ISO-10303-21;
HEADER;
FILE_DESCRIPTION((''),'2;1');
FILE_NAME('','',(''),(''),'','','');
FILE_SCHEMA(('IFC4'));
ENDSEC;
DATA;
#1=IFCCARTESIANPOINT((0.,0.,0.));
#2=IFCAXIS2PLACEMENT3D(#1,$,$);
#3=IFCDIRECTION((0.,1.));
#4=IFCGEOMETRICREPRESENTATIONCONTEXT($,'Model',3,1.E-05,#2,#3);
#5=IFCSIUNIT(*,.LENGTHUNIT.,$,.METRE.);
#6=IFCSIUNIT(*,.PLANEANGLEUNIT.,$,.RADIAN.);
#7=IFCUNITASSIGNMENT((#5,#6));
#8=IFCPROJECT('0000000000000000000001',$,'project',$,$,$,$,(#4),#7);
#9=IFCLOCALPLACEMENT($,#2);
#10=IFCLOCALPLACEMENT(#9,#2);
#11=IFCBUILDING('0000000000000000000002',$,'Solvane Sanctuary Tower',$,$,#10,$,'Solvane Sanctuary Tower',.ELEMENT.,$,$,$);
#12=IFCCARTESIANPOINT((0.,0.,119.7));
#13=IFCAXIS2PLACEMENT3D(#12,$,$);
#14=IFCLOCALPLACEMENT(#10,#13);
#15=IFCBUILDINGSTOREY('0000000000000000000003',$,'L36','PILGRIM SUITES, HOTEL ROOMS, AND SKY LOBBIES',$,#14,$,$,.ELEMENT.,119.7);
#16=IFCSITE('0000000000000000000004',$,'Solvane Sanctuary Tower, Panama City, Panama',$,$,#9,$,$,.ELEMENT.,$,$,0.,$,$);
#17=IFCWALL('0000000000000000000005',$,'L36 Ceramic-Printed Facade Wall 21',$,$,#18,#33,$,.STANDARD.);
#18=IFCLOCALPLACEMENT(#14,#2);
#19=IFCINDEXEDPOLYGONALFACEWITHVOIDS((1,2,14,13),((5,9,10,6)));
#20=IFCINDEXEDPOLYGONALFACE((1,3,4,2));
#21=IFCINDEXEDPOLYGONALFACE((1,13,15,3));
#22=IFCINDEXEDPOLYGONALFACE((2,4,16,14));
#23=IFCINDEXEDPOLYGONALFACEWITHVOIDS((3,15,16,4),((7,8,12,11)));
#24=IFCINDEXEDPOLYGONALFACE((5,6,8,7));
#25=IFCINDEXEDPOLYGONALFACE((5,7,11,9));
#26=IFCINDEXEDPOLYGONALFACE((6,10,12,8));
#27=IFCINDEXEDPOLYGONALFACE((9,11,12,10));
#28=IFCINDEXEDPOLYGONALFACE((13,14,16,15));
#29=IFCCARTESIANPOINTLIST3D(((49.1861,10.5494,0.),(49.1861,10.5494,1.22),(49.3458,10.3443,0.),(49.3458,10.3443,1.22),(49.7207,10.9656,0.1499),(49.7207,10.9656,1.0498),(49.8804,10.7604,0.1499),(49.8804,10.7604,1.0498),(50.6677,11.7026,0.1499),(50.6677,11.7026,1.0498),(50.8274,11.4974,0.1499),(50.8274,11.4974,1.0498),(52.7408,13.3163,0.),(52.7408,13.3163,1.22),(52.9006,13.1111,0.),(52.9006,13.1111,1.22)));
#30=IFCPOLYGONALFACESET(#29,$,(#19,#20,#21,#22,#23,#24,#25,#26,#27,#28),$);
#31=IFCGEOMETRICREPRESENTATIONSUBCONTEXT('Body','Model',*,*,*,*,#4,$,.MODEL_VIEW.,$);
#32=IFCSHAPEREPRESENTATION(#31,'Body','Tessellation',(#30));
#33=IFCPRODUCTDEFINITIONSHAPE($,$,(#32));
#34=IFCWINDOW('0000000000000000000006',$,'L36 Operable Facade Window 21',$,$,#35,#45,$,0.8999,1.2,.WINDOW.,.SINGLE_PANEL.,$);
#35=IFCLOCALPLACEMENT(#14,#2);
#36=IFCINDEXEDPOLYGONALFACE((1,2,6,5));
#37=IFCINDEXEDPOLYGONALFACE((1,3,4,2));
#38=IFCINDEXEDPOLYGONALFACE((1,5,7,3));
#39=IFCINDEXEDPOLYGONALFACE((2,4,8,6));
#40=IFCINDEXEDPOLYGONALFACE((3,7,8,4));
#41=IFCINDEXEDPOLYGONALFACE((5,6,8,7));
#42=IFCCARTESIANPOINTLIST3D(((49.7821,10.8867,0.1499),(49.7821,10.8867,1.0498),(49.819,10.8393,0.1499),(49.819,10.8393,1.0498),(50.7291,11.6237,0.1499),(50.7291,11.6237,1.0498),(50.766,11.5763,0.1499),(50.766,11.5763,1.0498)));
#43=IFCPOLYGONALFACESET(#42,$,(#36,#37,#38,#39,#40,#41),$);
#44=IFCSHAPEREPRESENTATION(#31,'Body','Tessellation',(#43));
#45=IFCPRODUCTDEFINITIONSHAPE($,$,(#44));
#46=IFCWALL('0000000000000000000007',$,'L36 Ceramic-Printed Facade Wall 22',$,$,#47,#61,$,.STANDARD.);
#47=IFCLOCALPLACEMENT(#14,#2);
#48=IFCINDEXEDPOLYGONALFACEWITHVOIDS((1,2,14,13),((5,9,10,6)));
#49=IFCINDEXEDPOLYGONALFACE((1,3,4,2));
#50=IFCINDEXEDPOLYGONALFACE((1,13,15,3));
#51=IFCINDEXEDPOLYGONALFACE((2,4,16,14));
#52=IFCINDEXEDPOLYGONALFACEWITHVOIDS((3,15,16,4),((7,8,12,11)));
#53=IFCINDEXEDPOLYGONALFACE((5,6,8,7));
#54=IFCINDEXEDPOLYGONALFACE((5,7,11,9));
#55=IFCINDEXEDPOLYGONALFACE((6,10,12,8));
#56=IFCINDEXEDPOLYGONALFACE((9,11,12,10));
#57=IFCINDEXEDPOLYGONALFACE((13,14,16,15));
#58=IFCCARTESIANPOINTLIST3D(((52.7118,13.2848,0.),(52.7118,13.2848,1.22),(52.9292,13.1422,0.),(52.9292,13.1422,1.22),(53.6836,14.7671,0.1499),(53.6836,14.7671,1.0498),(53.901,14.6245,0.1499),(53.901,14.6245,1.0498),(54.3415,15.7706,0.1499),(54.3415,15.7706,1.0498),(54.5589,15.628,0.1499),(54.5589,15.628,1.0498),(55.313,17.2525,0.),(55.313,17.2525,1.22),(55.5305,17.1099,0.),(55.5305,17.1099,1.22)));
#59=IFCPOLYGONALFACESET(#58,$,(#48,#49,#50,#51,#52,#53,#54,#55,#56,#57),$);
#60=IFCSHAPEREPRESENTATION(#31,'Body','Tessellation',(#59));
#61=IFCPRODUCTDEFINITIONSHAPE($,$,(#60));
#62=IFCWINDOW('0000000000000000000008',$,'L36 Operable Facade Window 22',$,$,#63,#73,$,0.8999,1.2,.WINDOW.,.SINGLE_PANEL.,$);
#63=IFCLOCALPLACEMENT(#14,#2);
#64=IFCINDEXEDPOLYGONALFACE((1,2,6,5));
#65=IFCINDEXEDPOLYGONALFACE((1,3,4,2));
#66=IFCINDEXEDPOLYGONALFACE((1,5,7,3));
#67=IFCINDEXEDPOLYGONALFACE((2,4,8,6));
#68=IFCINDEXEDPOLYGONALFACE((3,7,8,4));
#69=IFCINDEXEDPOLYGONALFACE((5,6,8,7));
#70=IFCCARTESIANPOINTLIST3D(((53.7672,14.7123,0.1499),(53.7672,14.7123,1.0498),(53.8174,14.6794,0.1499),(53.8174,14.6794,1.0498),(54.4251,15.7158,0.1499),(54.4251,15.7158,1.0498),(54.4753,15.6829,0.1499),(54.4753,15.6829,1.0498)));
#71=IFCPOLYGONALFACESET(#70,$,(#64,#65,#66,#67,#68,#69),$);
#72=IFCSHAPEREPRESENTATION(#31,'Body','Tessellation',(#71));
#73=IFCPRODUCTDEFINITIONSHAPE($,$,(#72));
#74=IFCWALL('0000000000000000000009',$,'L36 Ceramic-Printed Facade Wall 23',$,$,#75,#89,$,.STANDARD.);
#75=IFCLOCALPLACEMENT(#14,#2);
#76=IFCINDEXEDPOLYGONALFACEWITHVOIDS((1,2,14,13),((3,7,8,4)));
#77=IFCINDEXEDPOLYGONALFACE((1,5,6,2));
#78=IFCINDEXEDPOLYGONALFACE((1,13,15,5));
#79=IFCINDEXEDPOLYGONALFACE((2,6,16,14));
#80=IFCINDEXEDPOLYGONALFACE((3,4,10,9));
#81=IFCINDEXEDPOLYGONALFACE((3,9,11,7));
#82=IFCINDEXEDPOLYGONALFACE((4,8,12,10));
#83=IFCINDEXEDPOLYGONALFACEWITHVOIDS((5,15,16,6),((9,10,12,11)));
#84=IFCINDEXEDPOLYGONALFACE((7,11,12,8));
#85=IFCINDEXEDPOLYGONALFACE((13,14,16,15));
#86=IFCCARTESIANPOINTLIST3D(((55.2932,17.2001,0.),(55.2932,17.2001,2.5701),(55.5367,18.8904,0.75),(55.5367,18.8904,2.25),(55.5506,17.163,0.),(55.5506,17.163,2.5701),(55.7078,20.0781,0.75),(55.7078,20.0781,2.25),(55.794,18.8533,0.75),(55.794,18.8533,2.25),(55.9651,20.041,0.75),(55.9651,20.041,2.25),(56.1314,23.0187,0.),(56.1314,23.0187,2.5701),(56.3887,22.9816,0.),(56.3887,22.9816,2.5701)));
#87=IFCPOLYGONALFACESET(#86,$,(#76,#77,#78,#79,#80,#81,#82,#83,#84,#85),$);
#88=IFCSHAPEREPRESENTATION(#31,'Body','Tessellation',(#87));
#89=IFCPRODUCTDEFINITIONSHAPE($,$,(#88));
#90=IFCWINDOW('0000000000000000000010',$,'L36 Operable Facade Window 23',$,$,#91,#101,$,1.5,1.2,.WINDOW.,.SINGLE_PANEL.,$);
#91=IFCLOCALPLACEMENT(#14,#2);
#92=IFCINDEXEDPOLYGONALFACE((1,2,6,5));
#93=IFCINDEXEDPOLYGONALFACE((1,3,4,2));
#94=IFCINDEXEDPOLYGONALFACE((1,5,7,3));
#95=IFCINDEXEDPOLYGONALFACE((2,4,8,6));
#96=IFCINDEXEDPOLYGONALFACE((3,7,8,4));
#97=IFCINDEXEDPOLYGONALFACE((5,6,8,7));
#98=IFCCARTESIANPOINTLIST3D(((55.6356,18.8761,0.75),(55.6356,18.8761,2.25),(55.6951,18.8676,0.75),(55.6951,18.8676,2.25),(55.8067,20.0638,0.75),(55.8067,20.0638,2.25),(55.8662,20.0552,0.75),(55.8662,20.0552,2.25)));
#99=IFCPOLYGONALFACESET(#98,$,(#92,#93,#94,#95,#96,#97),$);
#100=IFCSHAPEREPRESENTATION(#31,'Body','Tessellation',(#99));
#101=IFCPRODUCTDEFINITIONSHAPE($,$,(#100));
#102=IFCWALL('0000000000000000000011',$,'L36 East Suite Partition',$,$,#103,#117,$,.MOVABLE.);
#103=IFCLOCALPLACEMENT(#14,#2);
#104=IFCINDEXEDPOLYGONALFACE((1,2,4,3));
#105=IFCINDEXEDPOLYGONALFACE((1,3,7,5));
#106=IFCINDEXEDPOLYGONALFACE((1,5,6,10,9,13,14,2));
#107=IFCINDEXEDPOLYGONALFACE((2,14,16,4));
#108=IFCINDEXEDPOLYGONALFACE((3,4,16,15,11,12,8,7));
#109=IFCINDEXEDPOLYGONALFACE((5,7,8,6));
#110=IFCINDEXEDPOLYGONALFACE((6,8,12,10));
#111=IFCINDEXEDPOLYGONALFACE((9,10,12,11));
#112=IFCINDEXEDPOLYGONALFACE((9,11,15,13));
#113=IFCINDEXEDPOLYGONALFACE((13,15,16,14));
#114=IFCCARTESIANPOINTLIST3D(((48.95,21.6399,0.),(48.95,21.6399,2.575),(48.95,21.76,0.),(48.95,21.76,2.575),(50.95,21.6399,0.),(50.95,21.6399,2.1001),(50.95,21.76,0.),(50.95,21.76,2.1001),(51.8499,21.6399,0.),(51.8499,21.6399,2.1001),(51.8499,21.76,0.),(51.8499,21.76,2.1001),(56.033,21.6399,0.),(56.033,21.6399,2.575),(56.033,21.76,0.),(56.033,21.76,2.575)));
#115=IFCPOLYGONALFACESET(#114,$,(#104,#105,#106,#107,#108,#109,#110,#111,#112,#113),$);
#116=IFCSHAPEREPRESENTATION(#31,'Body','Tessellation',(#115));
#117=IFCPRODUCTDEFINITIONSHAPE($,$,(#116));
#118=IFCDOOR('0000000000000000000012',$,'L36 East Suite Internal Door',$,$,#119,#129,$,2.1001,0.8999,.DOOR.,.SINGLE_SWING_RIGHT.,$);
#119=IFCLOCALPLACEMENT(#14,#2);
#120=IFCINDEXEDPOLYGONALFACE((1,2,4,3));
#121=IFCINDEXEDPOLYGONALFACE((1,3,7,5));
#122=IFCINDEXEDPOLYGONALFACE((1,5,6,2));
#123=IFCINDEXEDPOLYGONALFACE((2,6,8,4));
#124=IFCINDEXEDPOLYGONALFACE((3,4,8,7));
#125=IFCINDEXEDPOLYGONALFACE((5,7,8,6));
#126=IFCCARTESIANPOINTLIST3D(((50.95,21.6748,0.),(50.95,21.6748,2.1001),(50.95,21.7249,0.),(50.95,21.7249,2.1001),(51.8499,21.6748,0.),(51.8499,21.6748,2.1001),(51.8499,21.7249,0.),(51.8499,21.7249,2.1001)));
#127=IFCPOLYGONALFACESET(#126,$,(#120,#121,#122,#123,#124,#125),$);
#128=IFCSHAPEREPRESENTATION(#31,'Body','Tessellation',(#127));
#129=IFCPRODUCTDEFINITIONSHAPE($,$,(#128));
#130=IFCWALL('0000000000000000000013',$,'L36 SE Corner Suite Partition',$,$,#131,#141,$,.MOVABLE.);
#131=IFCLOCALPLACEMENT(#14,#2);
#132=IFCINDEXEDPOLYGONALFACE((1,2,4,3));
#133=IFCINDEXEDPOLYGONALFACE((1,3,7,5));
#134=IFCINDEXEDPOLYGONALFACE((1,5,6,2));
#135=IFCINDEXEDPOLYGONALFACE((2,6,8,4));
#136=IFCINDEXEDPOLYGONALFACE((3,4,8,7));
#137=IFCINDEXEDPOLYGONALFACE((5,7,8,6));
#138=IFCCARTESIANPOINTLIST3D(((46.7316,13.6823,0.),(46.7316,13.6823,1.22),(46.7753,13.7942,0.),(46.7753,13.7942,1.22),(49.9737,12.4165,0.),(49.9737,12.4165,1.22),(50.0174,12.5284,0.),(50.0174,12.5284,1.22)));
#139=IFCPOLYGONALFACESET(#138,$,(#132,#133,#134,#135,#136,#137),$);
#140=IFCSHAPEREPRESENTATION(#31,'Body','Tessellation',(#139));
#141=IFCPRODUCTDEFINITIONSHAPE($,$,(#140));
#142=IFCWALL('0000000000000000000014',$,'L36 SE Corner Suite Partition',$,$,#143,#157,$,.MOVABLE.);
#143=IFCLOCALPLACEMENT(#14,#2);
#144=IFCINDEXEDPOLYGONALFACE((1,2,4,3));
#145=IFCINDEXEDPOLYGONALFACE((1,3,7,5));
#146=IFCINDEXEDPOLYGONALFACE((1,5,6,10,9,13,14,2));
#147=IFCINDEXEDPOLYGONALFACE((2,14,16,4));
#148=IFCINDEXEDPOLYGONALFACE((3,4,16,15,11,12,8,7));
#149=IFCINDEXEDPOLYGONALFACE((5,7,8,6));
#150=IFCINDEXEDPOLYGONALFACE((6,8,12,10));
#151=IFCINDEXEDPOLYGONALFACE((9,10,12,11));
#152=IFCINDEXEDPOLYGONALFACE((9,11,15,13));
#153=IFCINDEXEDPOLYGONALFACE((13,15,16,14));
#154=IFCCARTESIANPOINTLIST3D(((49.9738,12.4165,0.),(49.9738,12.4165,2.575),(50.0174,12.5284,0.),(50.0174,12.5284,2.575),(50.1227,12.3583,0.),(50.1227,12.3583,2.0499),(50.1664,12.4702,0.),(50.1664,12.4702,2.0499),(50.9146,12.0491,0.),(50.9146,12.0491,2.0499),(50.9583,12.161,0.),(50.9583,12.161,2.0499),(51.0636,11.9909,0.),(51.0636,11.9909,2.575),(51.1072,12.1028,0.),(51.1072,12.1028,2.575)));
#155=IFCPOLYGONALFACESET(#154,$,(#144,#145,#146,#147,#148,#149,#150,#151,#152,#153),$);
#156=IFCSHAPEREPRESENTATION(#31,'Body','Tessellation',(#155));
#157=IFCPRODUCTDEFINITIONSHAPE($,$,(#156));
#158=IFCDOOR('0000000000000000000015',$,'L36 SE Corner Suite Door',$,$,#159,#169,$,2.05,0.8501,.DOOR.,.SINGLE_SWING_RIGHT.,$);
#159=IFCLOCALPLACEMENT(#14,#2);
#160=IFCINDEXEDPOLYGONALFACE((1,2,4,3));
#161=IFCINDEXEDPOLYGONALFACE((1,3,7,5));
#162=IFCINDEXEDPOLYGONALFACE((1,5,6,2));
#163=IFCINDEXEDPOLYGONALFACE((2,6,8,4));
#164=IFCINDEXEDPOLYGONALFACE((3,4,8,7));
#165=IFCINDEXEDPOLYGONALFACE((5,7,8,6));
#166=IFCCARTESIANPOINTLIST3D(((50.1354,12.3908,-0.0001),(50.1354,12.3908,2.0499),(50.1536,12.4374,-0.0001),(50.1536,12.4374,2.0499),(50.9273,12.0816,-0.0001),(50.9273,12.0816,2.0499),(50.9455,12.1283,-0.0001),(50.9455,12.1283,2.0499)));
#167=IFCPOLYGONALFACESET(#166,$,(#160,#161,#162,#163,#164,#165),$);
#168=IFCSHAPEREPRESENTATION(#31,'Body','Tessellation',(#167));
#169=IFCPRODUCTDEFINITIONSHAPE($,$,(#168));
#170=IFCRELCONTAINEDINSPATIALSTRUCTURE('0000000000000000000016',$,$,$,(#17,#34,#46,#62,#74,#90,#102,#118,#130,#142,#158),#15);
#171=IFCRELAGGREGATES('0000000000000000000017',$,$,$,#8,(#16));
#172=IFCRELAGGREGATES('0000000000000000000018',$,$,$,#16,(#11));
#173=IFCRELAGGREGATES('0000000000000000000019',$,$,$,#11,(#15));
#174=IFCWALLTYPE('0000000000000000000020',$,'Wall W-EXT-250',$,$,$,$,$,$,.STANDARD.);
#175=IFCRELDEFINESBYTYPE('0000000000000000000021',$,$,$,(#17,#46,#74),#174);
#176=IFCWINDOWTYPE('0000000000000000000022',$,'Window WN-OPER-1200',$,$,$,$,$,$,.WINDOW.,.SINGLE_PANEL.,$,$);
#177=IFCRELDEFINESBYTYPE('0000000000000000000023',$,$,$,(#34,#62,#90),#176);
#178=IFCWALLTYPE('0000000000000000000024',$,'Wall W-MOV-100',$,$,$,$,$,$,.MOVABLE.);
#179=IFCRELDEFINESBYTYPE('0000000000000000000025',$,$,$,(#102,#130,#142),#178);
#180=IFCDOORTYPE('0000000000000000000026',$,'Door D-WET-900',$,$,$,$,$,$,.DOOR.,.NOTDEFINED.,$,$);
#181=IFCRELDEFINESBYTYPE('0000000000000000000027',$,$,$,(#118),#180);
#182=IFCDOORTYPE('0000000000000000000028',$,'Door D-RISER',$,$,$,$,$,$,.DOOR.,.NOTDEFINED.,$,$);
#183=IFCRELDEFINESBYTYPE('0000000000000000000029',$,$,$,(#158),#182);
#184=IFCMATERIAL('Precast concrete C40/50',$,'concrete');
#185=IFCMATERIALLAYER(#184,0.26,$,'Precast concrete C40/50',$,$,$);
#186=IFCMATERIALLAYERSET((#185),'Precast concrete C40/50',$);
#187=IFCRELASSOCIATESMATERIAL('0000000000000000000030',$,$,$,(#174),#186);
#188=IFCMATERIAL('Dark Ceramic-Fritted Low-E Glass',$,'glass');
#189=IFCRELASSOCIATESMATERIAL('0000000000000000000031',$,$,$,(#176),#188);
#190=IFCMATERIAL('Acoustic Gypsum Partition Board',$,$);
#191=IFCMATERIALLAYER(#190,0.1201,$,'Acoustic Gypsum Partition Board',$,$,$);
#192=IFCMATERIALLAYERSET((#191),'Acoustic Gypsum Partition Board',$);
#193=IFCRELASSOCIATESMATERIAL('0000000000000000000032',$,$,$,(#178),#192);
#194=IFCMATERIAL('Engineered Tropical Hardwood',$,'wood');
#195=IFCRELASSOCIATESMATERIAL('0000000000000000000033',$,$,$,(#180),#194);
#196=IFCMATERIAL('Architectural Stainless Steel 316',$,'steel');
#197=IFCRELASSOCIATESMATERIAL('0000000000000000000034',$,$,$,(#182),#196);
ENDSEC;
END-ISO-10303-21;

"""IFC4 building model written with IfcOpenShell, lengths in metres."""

from ifc_helpers import new_model, si_unit, direction, frame, frame_2d, origin, place, context, subcontext, project, spatial, rectangle, extrude, material, layer, layer_set, type_object, element, fill, save


model = new_model("IFC4")

# Units and contexts
model_context = context("Model", 3, precision=1e-05, world=origin(), true_north=direction((0.0, 1.0)))
body_context = subcontext(model_context, "Body", "Model", "MODEL_VIEW")
ifc_project = project(units=[si_unit("LENGTHUNIT", "METRE"), si_unit("PLANEANGLEUNIT", "RADIAN")], contexts=[model_context])

# Site, building, storey
site_placement = place(None, origin())
site = spatial("IfcSite", under=ifc_project, at=site_placement, Name="Solvane Sanctuary Tower, Panama City, Panama", CompositionType="ELEMENT", RefElevation=0.0)
building_placement = place(site_placement, origin())
building = spatial("IfcBuilding", under=site, at=building_placement, Name="Solvane Sanctuary Tower", LongName="Solvane Sanctuary Tower", CompositionType="ELEMENT")
storey_placement = place(building_placement, frame((0.0, 0.0, 119.7)))
storey = spatial("IfcBuildingStorey", under=building, at=storey_placement, Name="L36", Description="PILGRIM SUITES, HOTEL ROOMS, AND SKY LOBBIES", CompositionType="ELEMENT", Elevation=119.7)

# Shared definitions
ifc_material_1 = material(Name="Acoustic Gypsum Partition Board")
ifc_material_2 = material(Name="Engineered Tropical Hardwood", Category="wood")

# Shared definitions
ifc_material_3 = material(Name="Precast concrete C40/50", Category="concrete")
ifc_layer_1 = layer(ifc_material_3, 0.26, Name="Precast concrete C40/50")
ifc_layer_set_1 = layer_set([ifc_layer_1], Name="Precast concrete C40/50")
wall_type_1 = type_object("IfcWallType", Name="Wall W-EXT-250", PredefinedType="STANDARD", material=ifc_layer_set_1)

# Walls, openings, windows
wall_1_placement = place(storey_placement, frame((49.2659, 10.4468, 0.0), z_axis=(0.0, 0.0, 1.0), x_axis=(0.789127, 0.614229, 0.0)))
wall_1 = element("IfcWall", 1, at=wall_1_placement, inside=storey, type_object=wall_type_1, Name="L36 Ceramic-Printed Facade Wall 21", PredefinedType="STANDARD", context=body_context, shape_type="SweptSolid", body=[
    extrude(rectangle(XDim=4.5046, YDim=0.26, at=frame_2d((2.2524, 0.0))), origin(), (0.0, 0.0, 1.0), 1.22),
])
opening_1_placement = place(wall_1_placement, frame((0.6775, 0.0, 0.1499)))
opening_1 = element("IfcOpeningElement", 2, at=opening_1_placement, cuts=wall_1, PredefinedType="OPENING", context=body_context, shape_type="SweptSolid", body=[
    extrude(rectangle(XDim=1.2, YDim=0.8999, at=frame_2d((0.6001, 0.45))), frame((0.0, 0.1399, 0.0), z_axis=(0.0, -1.0, 0.0), x_axis=(1.0, 0.0, 0.0)), (0.0, 0.0, 1.0), 0.28),
])
ifc_material_4 = material(Name="Dark Ceramic-Fritted Low-E Glass", Category="glass")
window_type = type_object("IfcWindowType", Name="Window WN-OPER-1200", PartitioningType="SINGLE_PANEL", PredefinedType="WINDOW", material=ifc_material_4)
window_1_placement = place(opening_1_placement, origin())
window_1 = element("IfcWindow", 3, at=window_1_placement, inside=storey, type_object=window_type, Name="L36 Operable Facade Window 21", OverallHeight=0.8999, OverallWidth=1.2, PartitioningType="SINGLE_PANEL", PredefinedType="WINDOW", context=body_context, shape_type="SweptSolid", body=[
    extrude(rectangle(XDim=1.2, YDim=0.8999, at=frame_2d((0.6001, 0.45))), frame((0.0, 0.03, 0.0), z_axis=(0.0, -1.0, 0.0), x_axis=(1.0, 0.0, 0.0)), (0.0, 0.0, 1.0), 0.0601),
])
fill(opening_1, window_1)
wall_2_placement = place(storey_placement, frame((52.8206, 13.2136, 0.0), z_axis=(0.0, 0.0, 1.0), x_axis=(0.548283, 0.836293, 0.0)))
wall_2 = element("IfcWall", 4, at=wall_2_placement, inside=storey, type_object=wall_type_1, Name="L36 Ceramic-Printed Facade Wall 22", PredefinedType="STANDARD", context=body_context, shape_type="SweptSolid", body=[
    extrude(rectangle(XDim=4.7444, YDim=0.26, at=frame_2d((2.3721, 0.0))), origin(), (0.0, 0.0, 1.0), 1.22),
])
opening_2_placement = place(wall_2_placement, frame((1.7722, 0.0, 0.1499)))
opening_2 = element("IfcOpeningElement", 5, at=opening_2_placement, cuts=wall_2, PredefinedType="OPENING", context=body_context, shape_type="SweptSolid", body=[
    extrude(rectangle(XDim=1.2, YDim=0.8999, at=frame_2d((0.6001, 0.45))), frame((0.0, 0.1399, 0.0), z_axis=(0.0, -1.0, 0.0), x_axis=(1.0, 0.0, 0.0)), (0.0, 0.0, 1.0), 0.28),
])
window_2_placement = place(opening_2_placement, origin())
window_2 = element("IfcWindow", 6, at=window_2_placement, inside=storey, type_object=window_type, Name="L36 Operable Facade Window 22", OverallHeight=0.8999, OverallWidth=1.2, PartitioningType="SINGLE_PANEL", PredefinedType="WINDOW", context=body_context, shape_type="SweptSolid", body=[
    extrude(rectangle(XDim=1.2, YDim=0.8999, at=frame_2d((0.6001, 0.45))), frame((0.0, 0.03, 0.0), z_axis=(0.0, -1.0, 0.0), x_axis=(1.0, 0.0, 0.0)), (0.0, 0.0, 1.0), 0.0601),
])
fill(opening_2, window_2)
wall_3_placement = place(storey_placement, frame((55.4219, 17.1814, 0.0), z_axis=(0.0, 0.0, 1.0), x_axis=(0.142572, 0.989784, 0.0)))
wall_3 = element("IfcWall", 7, at=wall_3_placement, inside=storey, type_object=wall_type_1, Name="L36 Ceramic-Printed Facade Wall 23", PredefinedType="STANDARD", context=body_context, shape_type="SweptSolid", body=[
    extrude(rectangle(XDim=5.8787, YDim=0.26, at=frame_2d((2.9395, 0.0))), origin(), (0.0, 0.0, 1.0), 2.5701),
])
opening_3_placement = place(wall_3_placement, frame((1.7078, 0.0, 0.75)))
opening_3 = element("IfcOpeningElement", 8, at=opening_3_placement, cuts=wall_3, PredefinedType="OPENING", context=body_context, shape_type="SweptSolid", body=[
    extrude(rectangle(XDim=1.2, YDim=1.5, at=frame_2d((0.6001, 0.75))), frame((0.0, 0.1399, 0.0), z_axis=(0.0, -1.0, 0.0), x_axis=(1.0, 0.0, 0.0)), (0.0, 0.0, 1.0), 0.28),
])
window_3_placement = place(opening_3_placement, origin())
window_3 = element("IfcWindow", 9, at=window_3_placement, inside=storey, type_object=window_type, Name="L36 Operable Facade Window 23", OverallHeight=1.5, OverallWidth=1.2, PartitioningType="SINGLE_PANEL", PredefinedType="WINDOW", context=body_context, shape_type="SweptSolid", body=[
    extrude(rectangle(XDim=1.2, YDim=1.5, at=frame_2d((0.6001, 0.75))), frame((0.0, 0.03, 0.0), z_axis=(0.0, -1.0, 0.0), x_axis=(1.0, 0.0, 0.0)), (0.0, 0.0, 1.0), 0.0601),
])
fill(opening_3, window_3)

# Wall, opening, door
ifc_layer_2 = layer(ifc_material_1, 0.1201, Name="Acoustic Gypsum Partition Board")
ifc_layer_set_2 = layer_set([ifc_layer_2], Name="Acoustic Gypsum Partition Board")
wall_type_2 = type_object("IfcWallType", Name="Wall W-MOV-100", PredefinedType="MOVABLE", material=ifc_layer_set_2)
wall_4_placement = place(storey_placement, frame((48.95, 21.7, 0.0), z_axis=(0.0, 0.0, 1.0), x_axis=(1.0, 0.0, 0.0)))
wall_4 = element("IfcWall", 10, at=wall_4_placement, inside=storey, type_object=wall_type_2, Name="L36 East Suite Partition", PredefinedType="MOVABLE", context=body_context, shape_type="SweptSolid", body=[
    extrude(rectangle(XDim=7.083, YDim=0.1201, at=frame_2d((3.5415, 0.0))), origin(), (0.0, 0.0, 1.0), 2.575),
])
opening_4_placement = place(wall_4_placement, frame((2.0, 0.0, 0.0)))
opening_4 = element("IfcOpeningElement", 11, at=opening_4_placement, cuts=wall_4, PredefinedType="OPENING", context=body_context, shape_type="SweptSolid", body=[
    extrude(rectangle(XDim=0.8999, YDim=2.1001, at=frame_2d((0.45, 1.05))), frame((0.0, 0.0701, 0.0), z_axis=(0.0, -1.0, 0.0), x_axis=(1.0, 0.0, 0.0)), (0.0, 0.0, 1.0), 0.1401),
])
door_type_1 = type_object("IfcDoorType", Name="Door D-WET-900", OperationType="NOTDEFINED", PredefinedType="DOOR", material=ifc_material_2)
door_1_placement = place(opening_4_placement, origin())
door_1 = element("IfcDoor", 12, at=door_1_placement, inside=storey, type_object=door_type_1, Name="L36 East Suite Internal Door", OperationType="SINGLE_SWING_RIGHT", OverallHeight=2.1001, OverallWidth=0.8999, PredefinedType="DOOR", context=body_context, shape_type="SweptSolid", body=[
    extrude(rectangle(XDim=0.8999, YDim=2.1001, at=frame_2d((0.45, 1.05))), frame((0.0, 0.0249, 0.0), z_axis=(0.0, -1.0, 0.0), x_axis=(1.0, 0.0, 0.0)), (0.0, 0.0, 1.0), 0.05),
])
fill(opening_4, door_1)

# Wall
wall_5_placement = place(storey_placement, frame((46.7534, 13.7383, 0.0), z_axis=(0.0, 0.0, 1.0), x_axis=(0.931517, -0.363698, 0.0)))
element("IfcWall", 13, at=wall_5_placement, inside=storey, type_object=wall_type_2, Name="L36 SE Corner Suite Partition", PredefinedType="MOVABLE", context=body_context, shape_type="SweptSolid", body=[
    extrude(rectangle(XDim=3.4805, YDim=0.1201, at=frame_2d((1.7402, 0.0))), origin(), (0.0, 0.0, 1.0), 1.22),
])

# Wall, opening, door
wall_6_placement = place(storey_placement, frame((49.9956, 12.4724, 0.0), z_axis=(0.0, 0.0, 1.0), x_axis=(0.93151, -0.363715, 0.0)))
wall_6 = element("IfcWall", 14, at=wall_6_placement, inside=storey, type_object=wall_type_2, Name="L36 SE Corner Suite Partition", PredefinedType="MOVABLE", context=body_context, shape_type="SweptSolid", body=[
    extrude(rectangle(XDim=1.1699, YDim=0.1201, at=frame_2d((0.585, 0.0))), origin(), (0.0, 0.0, 1.0), 2.575),
])
opening_5_placement = place(wall_6_placement, frame((0.1599, 0.0, 0.0)))
opening_5 = element("IfcOpeningElement", 15, at=opening_5_placement, cuts=wall_6, PredefinedType="OPENING", context=body_context, shape_type="SweptSolid", body=[
    extrude(rectangle(XDim=0.8501, YDim=2.05, at=frame_2d((0.425, 1.0249))), frame((0.0, 0.0701, 0.0), z_axis=(0.0, -1.0, 0.0), x_axis=(1.0, 0.0, 0.0)), (0.0, 0.0, 1.0), 0.1401),
])
ifc_material_5 = material(Name="Architectural Stainless Steel 316", Category="steel")
door_type_2 = type_object("IfcDoorType", Name="Door D-RISER", OperationType="NOTDEFINED", PredefinedType="DOOR", material=ifc_material_5)
door_2_placement = place(opening_5_placement, origin())
door_2 = element("IfcDoor", 16, at=door_2_placement, inside=storey, type_object=door_type_2, Name="L36 SE Corner Suite Door", OperationType="SINGLE_SWING_RIGHT", OverallHeight=2.05, OverallWidth=0.8501, PredefinedType="DOOR", context=body_context, shape_type="SweptSolid", body=[
    extrude(rectangle(XDim=0.8501, YDim=2.05, at=frame_2d((0.425, 1.0249))), frame((0.0, 0.0249, 0.0), z_axis=(0.0, -1.0, 0.0), x_axis=(1.0, 0.0, 0.0)), (0.0, 0.0, 1.0), 0.05),
])
fill(opening_5, door_2)

save(model, "model.ifc")
